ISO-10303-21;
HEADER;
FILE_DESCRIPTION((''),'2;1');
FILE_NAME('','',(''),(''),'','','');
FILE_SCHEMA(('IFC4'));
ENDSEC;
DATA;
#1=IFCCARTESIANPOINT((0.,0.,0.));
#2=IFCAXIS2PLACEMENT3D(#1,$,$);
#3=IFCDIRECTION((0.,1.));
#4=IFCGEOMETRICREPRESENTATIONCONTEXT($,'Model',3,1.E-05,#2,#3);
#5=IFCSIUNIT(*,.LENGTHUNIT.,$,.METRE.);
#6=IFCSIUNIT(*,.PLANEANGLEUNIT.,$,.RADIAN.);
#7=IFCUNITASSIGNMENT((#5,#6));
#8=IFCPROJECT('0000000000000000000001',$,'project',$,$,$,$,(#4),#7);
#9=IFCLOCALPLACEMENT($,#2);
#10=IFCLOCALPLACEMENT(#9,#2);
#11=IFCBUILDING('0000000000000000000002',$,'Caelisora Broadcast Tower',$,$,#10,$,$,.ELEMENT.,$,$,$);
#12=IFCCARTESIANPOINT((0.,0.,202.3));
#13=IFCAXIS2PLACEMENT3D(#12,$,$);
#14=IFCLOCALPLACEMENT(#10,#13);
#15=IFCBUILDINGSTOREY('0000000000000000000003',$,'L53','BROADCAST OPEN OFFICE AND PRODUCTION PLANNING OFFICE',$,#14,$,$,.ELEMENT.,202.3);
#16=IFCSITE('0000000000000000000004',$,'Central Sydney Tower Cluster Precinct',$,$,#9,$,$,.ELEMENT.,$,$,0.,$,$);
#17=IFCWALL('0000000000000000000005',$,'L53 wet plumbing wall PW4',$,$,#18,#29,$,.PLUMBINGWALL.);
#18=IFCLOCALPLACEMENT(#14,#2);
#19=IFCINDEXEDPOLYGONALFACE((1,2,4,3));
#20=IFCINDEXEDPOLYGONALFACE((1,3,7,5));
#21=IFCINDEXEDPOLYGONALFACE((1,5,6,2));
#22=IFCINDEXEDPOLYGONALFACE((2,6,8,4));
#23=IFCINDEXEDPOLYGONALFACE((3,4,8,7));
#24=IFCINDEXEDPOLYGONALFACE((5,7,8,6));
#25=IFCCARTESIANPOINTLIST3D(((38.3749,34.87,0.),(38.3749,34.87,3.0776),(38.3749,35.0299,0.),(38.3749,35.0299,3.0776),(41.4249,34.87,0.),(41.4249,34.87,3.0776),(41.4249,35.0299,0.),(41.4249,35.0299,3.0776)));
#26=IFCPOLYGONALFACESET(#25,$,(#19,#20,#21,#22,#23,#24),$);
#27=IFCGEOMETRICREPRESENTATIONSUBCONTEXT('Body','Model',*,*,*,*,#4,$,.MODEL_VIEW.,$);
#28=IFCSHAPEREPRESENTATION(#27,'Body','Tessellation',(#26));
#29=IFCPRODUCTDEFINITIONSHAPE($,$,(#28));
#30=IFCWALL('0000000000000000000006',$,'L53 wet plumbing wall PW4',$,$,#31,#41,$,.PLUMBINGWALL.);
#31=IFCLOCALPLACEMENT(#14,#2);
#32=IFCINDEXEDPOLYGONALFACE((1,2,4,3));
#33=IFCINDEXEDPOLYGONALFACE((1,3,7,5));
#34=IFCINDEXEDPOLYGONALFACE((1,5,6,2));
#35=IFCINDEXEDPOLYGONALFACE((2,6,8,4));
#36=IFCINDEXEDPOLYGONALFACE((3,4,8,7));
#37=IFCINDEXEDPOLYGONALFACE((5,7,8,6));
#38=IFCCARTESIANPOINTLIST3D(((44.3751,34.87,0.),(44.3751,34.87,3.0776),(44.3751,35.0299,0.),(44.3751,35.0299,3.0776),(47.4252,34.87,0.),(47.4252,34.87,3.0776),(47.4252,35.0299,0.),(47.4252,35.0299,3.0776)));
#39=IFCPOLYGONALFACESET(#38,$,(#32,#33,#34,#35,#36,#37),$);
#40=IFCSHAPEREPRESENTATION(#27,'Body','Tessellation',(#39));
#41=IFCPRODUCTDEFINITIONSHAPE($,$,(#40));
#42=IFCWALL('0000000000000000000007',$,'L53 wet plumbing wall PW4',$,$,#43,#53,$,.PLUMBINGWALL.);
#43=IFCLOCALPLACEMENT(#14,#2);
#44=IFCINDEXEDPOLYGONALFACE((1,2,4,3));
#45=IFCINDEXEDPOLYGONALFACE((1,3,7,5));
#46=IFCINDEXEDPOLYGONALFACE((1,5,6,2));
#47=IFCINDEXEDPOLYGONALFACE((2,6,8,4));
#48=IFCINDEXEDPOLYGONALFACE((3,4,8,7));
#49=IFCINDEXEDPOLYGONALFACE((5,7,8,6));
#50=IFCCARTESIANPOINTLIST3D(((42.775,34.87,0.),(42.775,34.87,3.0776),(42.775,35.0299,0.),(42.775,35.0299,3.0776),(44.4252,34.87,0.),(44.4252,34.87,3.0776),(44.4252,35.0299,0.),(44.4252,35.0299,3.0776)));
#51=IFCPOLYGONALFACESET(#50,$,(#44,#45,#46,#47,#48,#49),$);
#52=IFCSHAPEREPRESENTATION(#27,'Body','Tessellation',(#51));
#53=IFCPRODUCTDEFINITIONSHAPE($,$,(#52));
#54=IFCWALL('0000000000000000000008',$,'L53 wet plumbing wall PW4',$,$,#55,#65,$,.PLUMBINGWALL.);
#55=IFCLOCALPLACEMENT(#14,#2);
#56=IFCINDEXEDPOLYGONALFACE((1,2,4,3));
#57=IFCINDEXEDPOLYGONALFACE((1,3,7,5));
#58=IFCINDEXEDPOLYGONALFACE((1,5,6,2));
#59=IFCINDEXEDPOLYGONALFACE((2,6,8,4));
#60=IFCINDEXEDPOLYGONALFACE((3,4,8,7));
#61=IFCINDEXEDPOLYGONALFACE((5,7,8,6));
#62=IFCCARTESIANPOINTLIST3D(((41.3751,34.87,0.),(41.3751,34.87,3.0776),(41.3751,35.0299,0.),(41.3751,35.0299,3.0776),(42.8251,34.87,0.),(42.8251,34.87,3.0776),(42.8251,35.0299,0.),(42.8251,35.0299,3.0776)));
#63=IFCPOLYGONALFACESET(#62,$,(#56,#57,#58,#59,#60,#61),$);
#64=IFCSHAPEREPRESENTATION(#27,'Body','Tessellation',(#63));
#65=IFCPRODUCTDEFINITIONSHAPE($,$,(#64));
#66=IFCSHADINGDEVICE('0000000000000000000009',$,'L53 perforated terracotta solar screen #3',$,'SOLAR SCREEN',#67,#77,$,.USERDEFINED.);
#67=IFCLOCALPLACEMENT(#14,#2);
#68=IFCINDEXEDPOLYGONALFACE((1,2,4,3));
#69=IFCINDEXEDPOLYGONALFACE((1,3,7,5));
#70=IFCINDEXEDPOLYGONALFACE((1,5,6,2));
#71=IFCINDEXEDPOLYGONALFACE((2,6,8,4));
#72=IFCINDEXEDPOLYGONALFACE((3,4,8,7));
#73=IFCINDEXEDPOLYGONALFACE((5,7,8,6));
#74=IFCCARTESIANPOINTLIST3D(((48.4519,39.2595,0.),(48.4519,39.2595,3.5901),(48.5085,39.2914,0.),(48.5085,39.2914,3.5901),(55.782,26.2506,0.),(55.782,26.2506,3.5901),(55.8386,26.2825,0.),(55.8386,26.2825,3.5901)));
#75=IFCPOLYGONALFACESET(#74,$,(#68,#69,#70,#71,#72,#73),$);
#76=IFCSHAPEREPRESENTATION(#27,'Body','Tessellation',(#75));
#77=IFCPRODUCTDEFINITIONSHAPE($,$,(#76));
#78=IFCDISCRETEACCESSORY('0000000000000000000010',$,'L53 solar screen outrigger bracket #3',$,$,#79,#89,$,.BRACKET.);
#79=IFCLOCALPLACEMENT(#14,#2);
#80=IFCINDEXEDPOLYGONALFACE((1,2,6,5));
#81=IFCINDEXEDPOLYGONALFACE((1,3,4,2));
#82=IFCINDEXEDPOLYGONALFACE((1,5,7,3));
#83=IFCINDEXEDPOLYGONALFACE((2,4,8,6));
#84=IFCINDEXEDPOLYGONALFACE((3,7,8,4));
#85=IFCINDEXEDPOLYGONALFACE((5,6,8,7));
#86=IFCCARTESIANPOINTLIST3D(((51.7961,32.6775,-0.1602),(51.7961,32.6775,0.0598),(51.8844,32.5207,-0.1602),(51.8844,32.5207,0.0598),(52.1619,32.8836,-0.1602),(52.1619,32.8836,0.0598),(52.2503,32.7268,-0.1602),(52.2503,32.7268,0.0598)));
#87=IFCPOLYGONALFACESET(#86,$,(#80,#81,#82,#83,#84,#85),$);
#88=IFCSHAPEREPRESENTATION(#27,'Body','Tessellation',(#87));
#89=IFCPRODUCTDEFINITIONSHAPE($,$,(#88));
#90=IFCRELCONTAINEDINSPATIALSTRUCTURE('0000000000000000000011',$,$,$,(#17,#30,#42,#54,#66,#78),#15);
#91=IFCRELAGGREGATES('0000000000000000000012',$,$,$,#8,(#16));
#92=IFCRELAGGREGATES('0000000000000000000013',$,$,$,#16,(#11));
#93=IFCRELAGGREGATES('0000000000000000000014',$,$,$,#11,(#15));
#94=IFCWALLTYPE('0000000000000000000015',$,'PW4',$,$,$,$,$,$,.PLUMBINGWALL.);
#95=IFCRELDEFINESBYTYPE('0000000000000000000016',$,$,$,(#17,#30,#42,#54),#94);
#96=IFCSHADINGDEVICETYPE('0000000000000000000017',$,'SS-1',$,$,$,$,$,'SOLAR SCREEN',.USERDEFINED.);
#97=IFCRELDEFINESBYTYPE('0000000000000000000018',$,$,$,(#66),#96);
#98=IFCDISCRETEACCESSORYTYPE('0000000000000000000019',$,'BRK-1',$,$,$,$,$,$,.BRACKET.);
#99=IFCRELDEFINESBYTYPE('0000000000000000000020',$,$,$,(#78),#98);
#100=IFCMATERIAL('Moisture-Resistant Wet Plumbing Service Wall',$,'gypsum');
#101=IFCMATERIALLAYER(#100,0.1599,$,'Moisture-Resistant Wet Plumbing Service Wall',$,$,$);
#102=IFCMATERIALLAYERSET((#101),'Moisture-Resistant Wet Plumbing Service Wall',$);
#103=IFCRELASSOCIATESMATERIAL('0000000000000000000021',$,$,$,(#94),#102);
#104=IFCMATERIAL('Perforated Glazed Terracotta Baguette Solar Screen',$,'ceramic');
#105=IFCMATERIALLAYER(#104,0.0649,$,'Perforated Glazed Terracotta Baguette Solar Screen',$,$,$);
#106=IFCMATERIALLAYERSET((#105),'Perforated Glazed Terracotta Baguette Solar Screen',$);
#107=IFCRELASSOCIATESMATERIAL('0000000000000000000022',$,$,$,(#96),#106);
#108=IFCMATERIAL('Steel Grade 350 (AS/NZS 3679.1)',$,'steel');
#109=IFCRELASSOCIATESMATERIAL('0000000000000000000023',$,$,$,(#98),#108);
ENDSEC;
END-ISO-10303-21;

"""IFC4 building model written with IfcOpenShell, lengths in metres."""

from ifc_helpers import new_model, si_unit, direction, frame, frame_2d, origin, origin_2d, place, context, subcontext, project, spatial, rectangle, extrude, source, transform, mapped, material, layer, layer_set, type_object, type_shapes, element, save


model = new_model("IFC4")

# Units and contexts
model_context = context("Model", 3, precision=1e-05, world=origin(), true_north=direction((0.0, 1.0)))
body_context = subcontext(model_context, "Body", "Model", "MODEL_VIEW")
ifc_project = project(units=[si_unit("LENGTHUNIT", "METRE"), si_unit("PLANEANGLEUNIT", "RADIAN")], contexts=[model_context])

# Site, building, storey
site_placement = place(None, origin())
site = spatial("IfcSite", under=ifc_project, at=site_placement, Name="Central Sydney Tower Cluster Precinct", CompositionType="ELEMENT", RefElevation=0.0)
building_placement = place(site_placement, origin())
building = spatial("IfcBuilding", under=site, at=building_placement, Name="Caelisora Broadcast Tower", CompositionType="ELEMENT")
storey_placement = place(building_placement, frame((0.0, 0.0, 202.3)))
storey = spatial("IfcBuildingStorey", under=building, at=storey_placement, Name="L53", Description="BROADCAST OPEN OFFICE AND PRODUCTION PLANNING OFFICE", CompositionType="ELEMENT", Elevation=202.3)

# Shared definitions
ifc_material_1 = material(Name="Steel Grade 350 (AS/NZS 3679.1)", Category="steel")

# Walls
ifc_material_2 = material(Name="Moisture-Resistant Wet Plumbing Service Wall", Category="gypsum")
ifc_layer_1 = layer(ifc_material_2, 0.1599, Name="Moisture-Resistant Wet Plumbing Service Wall")
ifc_layer_set_1 = layer_set([ifc_layer_1], Name="Moisture-Resistant Wet Plumbing Service Wall")
wall_type_1 = type_object("IfcWallType", Name="PW4", PredefinedType="PLUMBINGWALL", material=ifc_layer_set_1)
for number, where, z_axis, x_axis, name in (
    (1, (38.375, 34.95, 0.0), (0.0, 0.0, 1.0), (1.0, 0.0, 0.0), "L53 wet plumbing wall PW4"),
    (2, (47.425, 34.95, 0.0), (0.0, 0.0, 1.0), (-1.0, 0.0, 0.0), "L53 wet plumbing wall PW4"),
):
    element("IfcWall", number, at=place(storey_placement, frame(where, z_axis=z_axis, x_axis=x_axis)), inside=storey, type_object=wall_type_1, Name=name, PredefinedType="PLUMBINGWALL", context=body_context, shape_type="SweptSolid", body=[
        extrude(rectangle(XDim=3.05, YDim=0.1599, at=frame_2d((1.5249, 0.0))), origin(), (0.0, 0.0, 1.0), 3.0776),
    ])
wall_1_placement = place(storey_placement, frame((42.7749, 34.95, 0.0), z_axis=(0.0, 0.0, 1.0), x_axis=(1.0, 0.0, 0.0)))
element("IfcWall", 3, at=wall_1_placement, inside=storey, type_object=wall_type_1, Name="L53 wet plumbing wall PW4", PredefinedType="PLUMBINGWALL", context=body_context, shape_type="SweptSolid", body=[
    extrude(rectangle(XDim=1.6501, YDim=0.1599, at=frame_2d((0.8252, 0.0))), origin(), (0.0, 0.0, 1.0), 3.0776),
])
wall_2_placement = place(storey_placement, frame((41.375, 34.95, 0.0), z_axis=(0.0, 0.0, 1.0), x_axis=(1.0, 0.0, 0.0)))
element("IfcWall", 4, at=wall_2_placement, inside=storey, type_object=wall_type_1, Name="L53 wet plumbing wall PW4", PredefinedType="PLUMBINGWALL", context=body_context, shape_type="SweptSolid", body=[
    extrude(rectangle(XDim=1.45, YDim=0.1599, at=frame_2d((0.7251, 0.0))), origin(), (0.0, 0.0, 1.0), 3.0776),
])

# Shading device
ifc_material_3 = material(Name="Perforated Glazed Terracotta Baguette Solar Screen", Category="ceramic")
ifc_layer_2 = layer(ifc_material_3, 0.0649, Name="Perforated Glazed Terracotta Baguette Solar Screen")
ifc_layer_set_2 = layer_set([ifc_layer_2], Name="Perforated Glazed Terracotta Baguette Solar Screen")
shading_device_type = type_object("IfcShadingDeviceType", Name="SS-1", ElementType="SOLAR SCREEN", PredefinedType="USERDEFINED", material=ifc_layer_set_2)
shared_shape_1 = source(origin(), body_context, "Body", "SweptSolid", [
    extrude(rectangle(XDim=14.9319, YDim=0.0649, at=origin_2d()), origin(), (0.0, 0.0, 1.0), 3.5901),
])
type_shapes(shading_device_type, [shared_shape_1])
shading_device_placement = place(storey_placement, frame((52.1453, 32.771, 0.0), z_axis=(0.0, 0.0, 1.0), x_axis=(-0.490904, 0.871214, 0.0)))
element("IfcShadingDevice", 5, at=shading_device_placement, inside=storey, type_object=shading_device_type, Name="L53 perforated terracotta solar screen #3", ObjectType="SOLAR SCREEN", PredefinedType="USERDEFINED", context=body_context, shape_type="MappedRepresentation", body=[
    mapped(shared_shape_1, transform((0.0, 0.0, 0.0), scale=1.0)),
])

# Discrete accessory
discrete_accessory_type = type_object("IfcDiscreteAccessoryType", Name="BRK-1", PredefinedType="BRACKET", material=ifc_material_1)
shared_shape_2 = source(origin(), body_context, "Body", "SweptSolid", [
    extrude(rectangle(XDim=0.1799, YDim=0.4199, at=origin_2d()), origin(), (0.0, 0.0, 1.0), 0.22),
])
type_shapes(discrete_accessory_type, [shared_shape_2])
discrete_accessory_placement = place(storey_placement, frame((52.0232, 32.7021, -0.1602), z_axis=(0.0, 0.0, 1.0), x_axis=(-0.490904, 0.871214, 0.0)))
element("IfcDiscreteAccessory", 6, at=discrete_accessory_placement, inside=storey, type_object=discrete_accessory_type, Name="L53 solar screen outrigger bracket #3", PredefinedType="BRACKET", context=body_context, shape_type="MappedRepresentation", body=[
    mapped(shared_shape_2, transform((0.0, 0.0, 0.0), scale=1.0)),
])

save(model, "model.ifc")
